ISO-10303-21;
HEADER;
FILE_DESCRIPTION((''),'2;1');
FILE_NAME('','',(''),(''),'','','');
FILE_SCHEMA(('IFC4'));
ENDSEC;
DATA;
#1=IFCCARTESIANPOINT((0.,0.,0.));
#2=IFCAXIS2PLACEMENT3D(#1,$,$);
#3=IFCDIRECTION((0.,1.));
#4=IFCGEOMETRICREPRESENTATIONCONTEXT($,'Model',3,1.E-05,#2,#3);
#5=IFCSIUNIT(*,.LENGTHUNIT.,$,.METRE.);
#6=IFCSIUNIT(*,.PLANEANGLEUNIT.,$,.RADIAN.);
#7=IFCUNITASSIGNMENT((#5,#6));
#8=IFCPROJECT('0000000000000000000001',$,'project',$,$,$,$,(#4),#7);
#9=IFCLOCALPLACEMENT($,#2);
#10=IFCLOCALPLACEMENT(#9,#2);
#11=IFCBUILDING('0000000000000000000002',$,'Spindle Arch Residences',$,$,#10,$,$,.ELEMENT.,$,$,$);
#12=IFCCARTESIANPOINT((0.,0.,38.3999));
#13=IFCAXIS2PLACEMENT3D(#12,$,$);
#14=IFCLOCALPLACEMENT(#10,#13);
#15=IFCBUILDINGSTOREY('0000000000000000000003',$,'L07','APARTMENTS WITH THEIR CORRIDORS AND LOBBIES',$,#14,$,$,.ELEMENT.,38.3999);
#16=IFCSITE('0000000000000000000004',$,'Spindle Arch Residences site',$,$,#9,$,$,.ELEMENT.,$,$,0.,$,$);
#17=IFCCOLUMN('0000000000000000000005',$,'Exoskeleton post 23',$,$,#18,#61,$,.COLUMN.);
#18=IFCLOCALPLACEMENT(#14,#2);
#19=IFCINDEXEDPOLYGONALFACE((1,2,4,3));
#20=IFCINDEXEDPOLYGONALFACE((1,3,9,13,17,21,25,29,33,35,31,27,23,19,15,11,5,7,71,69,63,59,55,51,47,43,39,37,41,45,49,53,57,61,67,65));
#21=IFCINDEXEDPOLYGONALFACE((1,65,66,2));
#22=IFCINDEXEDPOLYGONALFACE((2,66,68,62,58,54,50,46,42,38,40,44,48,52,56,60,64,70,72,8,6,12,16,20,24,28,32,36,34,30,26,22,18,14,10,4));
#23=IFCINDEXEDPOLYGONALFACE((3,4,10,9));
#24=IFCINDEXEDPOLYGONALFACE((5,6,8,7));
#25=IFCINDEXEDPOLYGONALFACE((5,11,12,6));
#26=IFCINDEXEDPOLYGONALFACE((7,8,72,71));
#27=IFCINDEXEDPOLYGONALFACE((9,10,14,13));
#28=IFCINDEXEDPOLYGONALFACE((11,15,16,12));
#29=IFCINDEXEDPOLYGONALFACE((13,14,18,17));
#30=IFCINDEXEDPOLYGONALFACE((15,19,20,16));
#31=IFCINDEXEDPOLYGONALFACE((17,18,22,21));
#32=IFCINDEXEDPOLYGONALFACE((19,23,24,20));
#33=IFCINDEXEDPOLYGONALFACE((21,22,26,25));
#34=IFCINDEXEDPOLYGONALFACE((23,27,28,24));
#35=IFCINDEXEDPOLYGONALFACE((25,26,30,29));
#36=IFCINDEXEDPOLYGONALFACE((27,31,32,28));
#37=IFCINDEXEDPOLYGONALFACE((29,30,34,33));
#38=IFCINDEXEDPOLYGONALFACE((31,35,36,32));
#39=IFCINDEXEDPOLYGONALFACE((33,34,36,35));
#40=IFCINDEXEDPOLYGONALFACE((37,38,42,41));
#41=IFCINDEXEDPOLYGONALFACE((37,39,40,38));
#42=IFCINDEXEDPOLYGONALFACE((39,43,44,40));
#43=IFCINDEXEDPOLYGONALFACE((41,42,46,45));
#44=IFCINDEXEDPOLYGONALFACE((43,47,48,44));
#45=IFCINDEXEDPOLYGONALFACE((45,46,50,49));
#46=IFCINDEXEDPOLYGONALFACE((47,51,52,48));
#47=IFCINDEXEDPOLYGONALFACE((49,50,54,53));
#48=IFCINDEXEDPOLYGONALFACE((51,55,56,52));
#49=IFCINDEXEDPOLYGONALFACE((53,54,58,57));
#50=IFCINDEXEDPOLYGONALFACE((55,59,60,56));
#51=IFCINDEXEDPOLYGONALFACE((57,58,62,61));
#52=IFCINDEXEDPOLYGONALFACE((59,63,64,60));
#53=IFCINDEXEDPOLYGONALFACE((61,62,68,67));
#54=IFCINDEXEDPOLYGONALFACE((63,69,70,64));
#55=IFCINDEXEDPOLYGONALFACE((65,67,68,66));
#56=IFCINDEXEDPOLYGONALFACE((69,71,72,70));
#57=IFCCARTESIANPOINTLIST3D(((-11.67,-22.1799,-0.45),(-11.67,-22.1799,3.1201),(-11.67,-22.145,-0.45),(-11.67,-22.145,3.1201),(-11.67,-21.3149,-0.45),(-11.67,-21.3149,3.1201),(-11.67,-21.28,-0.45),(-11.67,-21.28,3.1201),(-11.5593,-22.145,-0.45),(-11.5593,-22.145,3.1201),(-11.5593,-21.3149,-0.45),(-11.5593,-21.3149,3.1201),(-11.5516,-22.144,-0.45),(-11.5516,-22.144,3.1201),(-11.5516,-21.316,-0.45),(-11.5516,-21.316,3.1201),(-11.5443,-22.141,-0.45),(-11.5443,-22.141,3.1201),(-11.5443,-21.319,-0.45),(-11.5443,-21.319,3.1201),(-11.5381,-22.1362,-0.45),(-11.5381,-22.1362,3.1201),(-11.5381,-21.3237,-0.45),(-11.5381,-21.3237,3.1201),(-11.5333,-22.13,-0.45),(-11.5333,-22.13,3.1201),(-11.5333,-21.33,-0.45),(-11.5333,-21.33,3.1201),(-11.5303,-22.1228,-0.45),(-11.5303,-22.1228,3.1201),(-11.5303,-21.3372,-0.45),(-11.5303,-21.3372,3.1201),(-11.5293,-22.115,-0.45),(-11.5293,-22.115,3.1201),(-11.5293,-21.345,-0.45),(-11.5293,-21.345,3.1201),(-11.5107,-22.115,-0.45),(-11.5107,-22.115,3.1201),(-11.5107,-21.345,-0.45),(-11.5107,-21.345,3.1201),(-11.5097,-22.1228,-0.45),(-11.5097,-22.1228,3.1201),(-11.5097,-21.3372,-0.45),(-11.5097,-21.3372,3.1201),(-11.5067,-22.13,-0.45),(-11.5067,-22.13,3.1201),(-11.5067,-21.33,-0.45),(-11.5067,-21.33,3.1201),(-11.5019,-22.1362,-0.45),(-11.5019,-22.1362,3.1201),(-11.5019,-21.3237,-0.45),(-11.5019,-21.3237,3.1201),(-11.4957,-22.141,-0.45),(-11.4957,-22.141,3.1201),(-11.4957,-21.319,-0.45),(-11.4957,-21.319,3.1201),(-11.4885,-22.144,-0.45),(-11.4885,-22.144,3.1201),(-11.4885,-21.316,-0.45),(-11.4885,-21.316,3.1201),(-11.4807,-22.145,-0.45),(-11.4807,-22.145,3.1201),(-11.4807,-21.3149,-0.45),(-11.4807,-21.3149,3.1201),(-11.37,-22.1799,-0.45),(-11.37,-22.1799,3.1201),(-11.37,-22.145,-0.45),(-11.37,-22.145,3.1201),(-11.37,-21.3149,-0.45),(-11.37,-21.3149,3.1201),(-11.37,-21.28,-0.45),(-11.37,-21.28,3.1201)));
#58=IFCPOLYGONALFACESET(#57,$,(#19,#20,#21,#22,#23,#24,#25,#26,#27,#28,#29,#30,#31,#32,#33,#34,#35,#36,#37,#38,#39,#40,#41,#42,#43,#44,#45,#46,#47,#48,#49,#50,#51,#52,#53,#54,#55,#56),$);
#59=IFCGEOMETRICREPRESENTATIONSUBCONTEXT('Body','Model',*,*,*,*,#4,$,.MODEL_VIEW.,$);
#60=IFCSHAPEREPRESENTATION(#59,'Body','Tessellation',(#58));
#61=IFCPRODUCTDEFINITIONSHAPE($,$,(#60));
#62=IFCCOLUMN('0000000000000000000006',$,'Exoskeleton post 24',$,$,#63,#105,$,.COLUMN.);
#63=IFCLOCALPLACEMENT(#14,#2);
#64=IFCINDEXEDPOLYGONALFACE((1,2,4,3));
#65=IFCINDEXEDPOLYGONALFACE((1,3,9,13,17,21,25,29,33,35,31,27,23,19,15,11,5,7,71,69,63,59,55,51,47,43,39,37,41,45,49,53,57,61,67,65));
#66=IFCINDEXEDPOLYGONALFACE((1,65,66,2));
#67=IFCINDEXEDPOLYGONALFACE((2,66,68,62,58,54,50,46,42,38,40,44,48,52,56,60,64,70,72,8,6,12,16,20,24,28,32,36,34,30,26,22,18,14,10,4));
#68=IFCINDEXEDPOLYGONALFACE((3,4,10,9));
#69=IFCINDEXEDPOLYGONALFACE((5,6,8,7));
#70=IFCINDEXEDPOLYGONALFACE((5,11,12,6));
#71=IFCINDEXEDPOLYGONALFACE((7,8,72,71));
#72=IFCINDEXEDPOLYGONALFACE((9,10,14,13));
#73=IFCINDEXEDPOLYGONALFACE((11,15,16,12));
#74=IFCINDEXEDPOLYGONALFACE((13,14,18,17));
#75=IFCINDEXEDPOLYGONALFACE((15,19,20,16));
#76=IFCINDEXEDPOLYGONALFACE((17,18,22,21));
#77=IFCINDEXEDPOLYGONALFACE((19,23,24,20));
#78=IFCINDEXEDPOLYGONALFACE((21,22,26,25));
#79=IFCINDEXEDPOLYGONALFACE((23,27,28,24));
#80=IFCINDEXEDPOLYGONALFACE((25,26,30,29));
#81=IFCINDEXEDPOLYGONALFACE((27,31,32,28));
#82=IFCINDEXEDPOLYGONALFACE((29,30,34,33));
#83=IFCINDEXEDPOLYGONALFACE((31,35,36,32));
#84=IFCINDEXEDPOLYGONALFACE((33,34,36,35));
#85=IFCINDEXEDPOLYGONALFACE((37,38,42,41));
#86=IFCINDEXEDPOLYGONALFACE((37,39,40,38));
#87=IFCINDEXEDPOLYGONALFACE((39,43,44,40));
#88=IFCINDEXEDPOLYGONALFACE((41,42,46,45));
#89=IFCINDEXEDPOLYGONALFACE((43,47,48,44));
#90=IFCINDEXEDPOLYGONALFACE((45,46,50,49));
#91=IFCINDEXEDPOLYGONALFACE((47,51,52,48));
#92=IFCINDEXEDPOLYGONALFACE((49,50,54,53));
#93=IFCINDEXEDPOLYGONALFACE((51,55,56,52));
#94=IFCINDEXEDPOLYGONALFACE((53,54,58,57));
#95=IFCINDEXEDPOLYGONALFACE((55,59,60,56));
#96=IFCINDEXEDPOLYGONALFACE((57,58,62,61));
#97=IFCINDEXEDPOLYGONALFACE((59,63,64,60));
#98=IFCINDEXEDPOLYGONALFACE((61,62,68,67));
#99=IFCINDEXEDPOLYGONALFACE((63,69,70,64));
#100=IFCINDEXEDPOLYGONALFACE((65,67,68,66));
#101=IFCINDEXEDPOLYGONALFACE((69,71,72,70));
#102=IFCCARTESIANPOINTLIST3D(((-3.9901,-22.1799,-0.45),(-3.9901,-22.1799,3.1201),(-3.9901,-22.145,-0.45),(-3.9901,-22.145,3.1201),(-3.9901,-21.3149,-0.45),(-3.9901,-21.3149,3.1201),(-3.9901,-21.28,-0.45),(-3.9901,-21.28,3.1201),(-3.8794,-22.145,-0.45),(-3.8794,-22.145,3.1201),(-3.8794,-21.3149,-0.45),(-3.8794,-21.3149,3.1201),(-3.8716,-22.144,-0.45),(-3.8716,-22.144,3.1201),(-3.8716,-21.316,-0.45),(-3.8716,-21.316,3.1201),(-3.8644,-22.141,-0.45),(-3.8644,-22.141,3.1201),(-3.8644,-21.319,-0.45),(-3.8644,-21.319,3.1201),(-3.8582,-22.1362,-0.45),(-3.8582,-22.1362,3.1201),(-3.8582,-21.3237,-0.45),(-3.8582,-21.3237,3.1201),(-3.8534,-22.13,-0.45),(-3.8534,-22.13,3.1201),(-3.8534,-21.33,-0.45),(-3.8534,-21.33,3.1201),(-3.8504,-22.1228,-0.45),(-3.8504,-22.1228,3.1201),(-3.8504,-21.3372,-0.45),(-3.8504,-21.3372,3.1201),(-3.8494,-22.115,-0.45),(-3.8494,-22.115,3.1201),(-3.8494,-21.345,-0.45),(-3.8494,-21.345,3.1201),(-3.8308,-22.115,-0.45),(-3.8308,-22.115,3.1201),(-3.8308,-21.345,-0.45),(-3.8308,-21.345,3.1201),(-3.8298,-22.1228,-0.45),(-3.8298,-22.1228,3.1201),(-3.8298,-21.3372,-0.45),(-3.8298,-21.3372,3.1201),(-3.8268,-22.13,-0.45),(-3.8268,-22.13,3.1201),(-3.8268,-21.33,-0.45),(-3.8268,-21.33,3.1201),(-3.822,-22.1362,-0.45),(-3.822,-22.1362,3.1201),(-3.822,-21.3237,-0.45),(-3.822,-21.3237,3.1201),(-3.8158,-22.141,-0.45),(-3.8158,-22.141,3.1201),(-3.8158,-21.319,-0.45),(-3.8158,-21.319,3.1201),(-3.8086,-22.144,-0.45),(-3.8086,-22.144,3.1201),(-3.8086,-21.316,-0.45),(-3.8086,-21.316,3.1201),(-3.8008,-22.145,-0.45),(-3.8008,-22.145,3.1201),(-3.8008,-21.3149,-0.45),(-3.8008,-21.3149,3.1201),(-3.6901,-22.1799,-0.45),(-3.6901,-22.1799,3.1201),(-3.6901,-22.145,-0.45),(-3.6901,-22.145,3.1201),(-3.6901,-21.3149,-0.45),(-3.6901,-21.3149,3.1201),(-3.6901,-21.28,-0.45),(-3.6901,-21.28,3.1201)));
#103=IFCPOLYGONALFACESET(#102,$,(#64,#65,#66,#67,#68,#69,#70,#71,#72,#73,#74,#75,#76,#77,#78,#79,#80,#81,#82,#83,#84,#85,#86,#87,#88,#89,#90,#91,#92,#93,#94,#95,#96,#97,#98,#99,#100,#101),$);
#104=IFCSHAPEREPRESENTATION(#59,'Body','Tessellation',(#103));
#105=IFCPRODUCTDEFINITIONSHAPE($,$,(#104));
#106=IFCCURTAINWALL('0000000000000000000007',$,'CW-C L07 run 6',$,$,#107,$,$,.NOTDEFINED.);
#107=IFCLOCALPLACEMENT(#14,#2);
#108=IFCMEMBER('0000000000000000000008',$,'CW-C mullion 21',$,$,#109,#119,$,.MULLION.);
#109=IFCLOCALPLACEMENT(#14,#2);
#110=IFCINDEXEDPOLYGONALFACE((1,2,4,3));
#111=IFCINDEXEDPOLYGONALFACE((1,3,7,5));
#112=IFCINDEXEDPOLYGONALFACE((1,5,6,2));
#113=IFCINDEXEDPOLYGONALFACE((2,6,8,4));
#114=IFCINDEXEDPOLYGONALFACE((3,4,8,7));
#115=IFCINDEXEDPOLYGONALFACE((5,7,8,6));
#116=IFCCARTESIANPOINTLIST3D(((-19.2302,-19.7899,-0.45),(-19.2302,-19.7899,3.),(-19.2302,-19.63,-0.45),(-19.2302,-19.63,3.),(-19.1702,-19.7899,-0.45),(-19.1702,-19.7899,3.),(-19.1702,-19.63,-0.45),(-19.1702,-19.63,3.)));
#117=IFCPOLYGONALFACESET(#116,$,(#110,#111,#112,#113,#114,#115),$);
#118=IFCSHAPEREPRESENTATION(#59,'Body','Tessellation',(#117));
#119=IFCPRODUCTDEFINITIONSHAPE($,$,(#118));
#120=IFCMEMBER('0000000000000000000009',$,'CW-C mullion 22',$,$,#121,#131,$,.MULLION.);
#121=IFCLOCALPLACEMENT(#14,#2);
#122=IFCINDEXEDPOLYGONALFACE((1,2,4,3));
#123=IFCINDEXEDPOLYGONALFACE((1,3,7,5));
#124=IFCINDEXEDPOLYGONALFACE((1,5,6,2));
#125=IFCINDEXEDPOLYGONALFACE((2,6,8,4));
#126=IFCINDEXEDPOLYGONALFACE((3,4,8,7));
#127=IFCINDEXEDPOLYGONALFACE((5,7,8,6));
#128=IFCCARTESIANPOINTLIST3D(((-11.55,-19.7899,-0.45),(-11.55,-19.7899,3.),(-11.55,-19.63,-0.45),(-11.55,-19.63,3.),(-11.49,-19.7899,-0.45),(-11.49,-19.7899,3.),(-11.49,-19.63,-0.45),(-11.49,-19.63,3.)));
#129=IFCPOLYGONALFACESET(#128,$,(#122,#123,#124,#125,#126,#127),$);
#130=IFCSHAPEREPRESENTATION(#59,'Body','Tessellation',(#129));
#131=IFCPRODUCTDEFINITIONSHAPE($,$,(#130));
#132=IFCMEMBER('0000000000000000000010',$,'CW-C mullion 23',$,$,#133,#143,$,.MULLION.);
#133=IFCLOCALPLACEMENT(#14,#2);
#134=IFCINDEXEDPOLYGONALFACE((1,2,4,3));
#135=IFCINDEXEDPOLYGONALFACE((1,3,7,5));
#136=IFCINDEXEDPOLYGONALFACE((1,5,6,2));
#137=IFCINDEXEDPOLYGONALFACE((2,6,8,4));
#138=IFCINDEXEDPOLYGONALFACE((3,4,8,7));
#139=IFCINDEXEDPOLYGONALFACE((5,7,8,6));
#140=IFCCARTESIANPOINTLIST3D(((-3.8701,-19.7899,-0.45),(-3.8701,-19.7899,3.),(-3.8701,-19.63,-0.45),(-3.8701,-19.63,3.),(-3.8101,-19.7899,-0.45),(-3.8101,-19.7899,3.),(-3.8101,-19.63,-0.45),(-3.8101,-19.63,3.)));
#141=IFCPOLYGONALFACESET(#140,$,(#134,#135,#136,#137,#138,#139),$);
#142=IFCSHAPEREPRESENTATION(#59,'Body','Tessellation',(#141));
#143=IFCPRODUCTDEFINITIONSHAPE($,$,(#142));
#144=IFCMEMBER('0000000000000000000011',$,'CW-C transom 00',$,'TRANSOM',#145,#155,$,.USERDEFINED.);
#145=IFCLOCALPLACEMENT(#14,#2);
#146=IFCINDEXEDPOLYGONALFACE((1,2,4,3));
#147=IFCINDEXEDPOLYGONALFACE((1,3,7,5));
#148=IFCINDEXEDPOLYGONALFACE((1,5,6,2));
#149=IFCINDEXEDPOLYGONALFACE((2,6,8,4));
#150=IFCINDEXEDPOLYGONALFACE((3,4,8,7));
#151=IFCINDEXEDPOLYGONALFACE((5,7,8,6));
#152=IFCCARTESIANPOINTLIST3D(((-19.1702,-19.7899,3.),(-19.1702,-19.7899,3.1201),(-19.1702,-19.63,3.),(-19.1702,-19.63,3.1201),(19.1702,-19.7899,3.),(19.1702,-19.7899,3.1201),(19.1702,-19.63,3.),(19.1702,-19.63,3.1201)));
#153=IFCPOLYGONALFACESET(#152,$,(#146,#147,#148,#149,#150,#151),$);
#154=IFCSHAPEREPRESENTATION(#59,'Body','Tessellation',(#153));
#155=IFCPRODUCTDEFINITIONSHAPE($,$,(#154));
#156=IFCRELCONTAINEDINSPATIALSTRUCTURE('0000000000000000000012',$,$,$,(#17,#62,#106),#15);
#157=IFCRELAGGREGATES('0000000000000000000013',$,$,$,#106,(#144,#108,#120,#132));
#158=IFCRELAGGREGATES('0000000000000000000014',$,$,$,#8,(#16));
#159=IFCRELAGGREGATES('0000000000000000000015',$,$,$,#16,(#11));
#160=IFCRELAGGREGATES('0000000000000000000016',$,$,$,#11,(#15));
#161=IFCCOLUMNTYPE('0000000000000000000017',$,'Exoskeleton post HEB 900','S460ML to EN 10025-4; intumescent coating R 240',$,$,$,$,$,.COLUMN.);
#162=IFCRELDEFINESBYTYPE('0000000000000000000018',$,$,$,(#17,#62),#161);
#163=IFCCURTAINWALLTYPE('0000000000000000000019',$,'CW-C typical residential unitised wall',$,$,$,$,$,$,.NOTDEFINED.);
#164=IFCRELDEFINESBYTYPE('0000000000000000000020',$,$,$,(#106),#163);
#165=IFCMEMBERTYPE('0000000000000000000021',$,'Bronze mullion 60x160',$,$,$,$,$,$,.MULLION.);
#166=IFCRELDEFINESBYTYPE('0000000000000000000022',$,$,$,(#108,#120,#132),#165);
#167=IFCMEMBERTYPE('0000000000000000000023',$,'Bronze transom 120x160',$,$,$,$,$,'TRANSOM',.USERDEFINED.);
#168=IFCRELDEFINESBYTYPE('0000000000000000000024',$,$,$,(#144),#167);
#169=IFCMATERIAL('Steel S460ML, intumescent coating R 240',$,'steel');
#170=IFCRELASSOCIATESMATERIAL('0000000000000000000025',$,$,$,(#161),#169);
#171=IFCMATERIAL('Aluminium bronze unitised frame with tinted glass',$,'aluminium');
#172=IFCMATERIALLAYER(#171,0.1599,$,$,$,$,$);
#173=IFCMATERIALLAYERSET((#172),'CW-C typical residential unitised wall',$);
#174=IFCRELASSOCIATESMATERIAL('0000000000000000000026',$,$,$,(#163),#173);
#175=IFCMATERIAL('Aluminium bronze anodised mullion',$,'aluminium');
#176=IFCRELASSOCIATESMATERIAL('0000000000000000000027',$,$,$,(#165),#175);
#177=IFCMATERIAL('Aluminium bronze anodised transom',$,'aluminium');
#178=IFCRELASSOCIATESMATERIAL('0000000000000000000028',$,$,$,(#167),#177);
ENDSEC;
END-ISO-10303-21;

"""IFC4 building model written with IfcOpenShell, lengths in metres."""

from ifc_helpers import new_model, si_unit, direction, frame, origin, origin_2d, place, context, subcontext, project, spatial, rectangle, i_section, extrude, material, layer, layer_set, material_profile, profile_set, type_object, element, aggregate, save


model = new_model("IFC4")

# Units and contexts
model_context = context("Model", 3, precision=1e-05, world=origin(), true_north=direction((0.0, 1.0)))
body_context = subcontext(model_context, "Body", "Model", "MODEL_VIEW")
ifc_project = project(units=[si_unit("LENGTHUNIT", "METRE"), si_unit("PLANEANGLEUNIT", "RADIAN")], contexts=[model_context])

# Site, building, storey
site_placement = place(None, origin())
site = spatial("IfcSite", under=ifc_project, at=site_placement, Name="Spindle Arch Residences site", CompositionType="ELEMENT", RefElevation=0.0)
building_placement = place(site_placement, origin())
building = spatial("IfcBuilding", under=site, at=building_placement, Name="Spindle Arch Residences", CompositionType="ELEMENT")
storey_placement = place(building_placement, frame((0.0, 0.0, 38.3999)))
storey = spatial("IfcBuildingStorey", under=building, at=storey_placement, Name="L07", Description="APARTMENTS WITH THEIR CORRIDORS AND LOBBIES", CompositionType="ELEMENT", Elevation=38.3999)

# Columns
ifc_material_1 = material(Name="Steel S460ML, intumescent coating R 240", Category="steel")
ifc_material_profile_1 = material_profile(ifc_material_1, i_section(OverallWidth=0.3, OverallDepth=0.8999, WebThickness=0.0186, FlangeThickness=0.0349, FilletRadius=0.03, at=origin_2d()), Name="HEB 900")
ifc_profile_set_1 = profile_set([ifc_material_profile_1], Name="Steel S460ML, intumescent coating R 240")
column_type = type_object("IfcColumnType", Name="Exoskeleton post HEB 900", Description="S460ML to EN 10025-4; intumescent coating R 240", PredefinedType="COLUMN", material=ifc_profile_set_1)
for number, where, z_axis, x_axis, name in (
    (1, (-11.52, -21.73, -0.45), (0.0, 0.0, 1.0), (-1.0, 0.0, 0.0), "Exoskeleton post 23"),
    (2, (-3.8401, -21.73, -0.45), (0.0, 0.0, 1.0), (-1.0, 0.0, 0.0), "Exoskeleton post 24"),
):
    element("IfcColumn", number, at=place(storey_placement, frame(where, z_axis=z_axis, x_axis=x_axis)), inside=storey, type_object=column_type, Name=name, PredefinedType="COLUMN", context=body_context, shape_type="SweptSolid", body=[
        extrude(i_section(OverallWidth=0.3, OverallDepth=0.8999, WebThickness=0.0186, FlangeThickness=0.0349, FilletRadius=0.03, at=origin_2d()), origin(), (0.0, 0.0, 1.0), 3.5701),
    ])

# Curtain wall, members
ifc_material_2 = material(Name="Aluminium bronze unitised frame with tinted glass", Category="aluminium")
ifc_layer_1 = layer(ifc_material_2, 0.1599)
ifc_layer_set_1 = layer_set([ifc_layer_1], Name="CW-C typical residential unitised wall")
curtain_wall_type = type_object("IfcCurtainWallType", Name="CW-C typical residential unitised wall", PredefinedType="NOTDEFINED", material=ifc_layer_set_1)
curtain_wall_placement = place(storey_placement, origin())
curtain_wall = element("IfcCurtainWall", 3, at=curtain_wall_placement, inside=storey, type_object=curtain_wall_type, Name="CW-C L07 run 6", PredefinedType="NOTDEFINED")
ifc_material_3 = material(Name="Aluminium bronze anodised mullion", Category="aluminium")
ifc_material_profile_2 = material_profile(ifc_material_3, rectangle(XDim=0.1599, YDim=0.0601, at=origin_2d()), Name="MU 60x160")
ifc_profile_set_2 = profile_set([ifc_material_profile_2], Name="Aluminium bronze anodised mullion")
member_type_1 = type_object("IfcMemberType", Name="Bronze mullion 60x160", PredefinedType="MULLION", material=ifc_profile_set_2)
member_1_placement = place(storey_placement, frame((-19.2002, -19.71, -0.45), z_axis=(0.0, 0.0, 1.0), x_axis=(0.0, 1.0, 0.0)))
member_1 = element("IfcMember", 4, at=member_1_placement, type_object=member_type_1, Name="CW-C mullion 21", PredefinedType="MULLION", context=body_context, shape_type="SweptSolid", body=[
    extrude(rectangle(XDim=0.1599, YDim=0.0601, at=origin_2d()), origin(), (0.0, 0.0, 1.0), 3.45),
])
member_2_placement = place(storey_placement, frame((-11.52, -19.71, -0.45), z_axis=(0.0, 0.0, 1.0), x_axis=(0.0, 1.0, 0.0)))
member_2 = element("IfcMember", 5, at=member_2_placement, type_object=member_type_1, Name="CW-C mullion 22", PredefinedType="MULLION", context=body_context, shape_type="SweptSolid", body=[
    extrude(rectangle(XDim=0.1599, YDim=0.0601, at=origin_2d()), origin(), (0.0, 0.0, 1.0), 3.45),
])
member_3_placement = place(storey_placement, frame((-3.8401, -19.71, -0.45), z_axis=(0.0, 0.0, 1.0), x_axis=(0.0, 1.0, 0.0)))
member_3 = element("IfcMember", 6, at=member_3_placement, type_object=member_type_1, Name="CW-C mullion 23", PredefinedType="MULLION", context=body_context, shape_type="SweptSolid", body=[
    extrude(rectangle(XDim=0.1599, YDim=0.0601, at=origin_2d()), origin(), (0.0, 0.0, 1.0), 3.45),
])
ifc_material_4 = material(Name="Aluminium bronze anodised transom", Category="aluminium")
ifc_material_profile_3 = material_profile(ifc_material_4, rectangle(XDim=0.1599, YDim=0.1201, at=origin_2d()), Name="TR 120x160")
ifc_profile_set_3 = profile_set([ifc_material_profile_3], Name="Aluminium bronze anodised transom")
member_type_2 = type_object("IfcMemberType", Name="Bronze transom 120x160", ElementType="TRANSOM", PredefinedType="USERDEFINED", material=ifc_profile_set_3)
member_4_placement = place(storey_placement, frame((-19.1702, -19.71, 3.0601), z_axis=(1.0, 0.0, 0.0), x_axis=(0.0, 1.0, 0.0)))
member_4 = element("IfcMember", 7, at=member_4_placement, type_object=member_type_2, Name="CW-C transom 00", ObjectType="TRANSOM", PredefinedType="USERDEFINED", context=body_context, shape_type="SweptSolid", body=[
    extrude(rectangle(XDim=0.1599, YDim=0.1201, at=origin_2d()), origin(), (0.0, 0.0, 1.0), 38.3403),
])

aggregate(curtain_wall, [member_4, member_1, member_2, member_3])

save(model, "model.ifc")
